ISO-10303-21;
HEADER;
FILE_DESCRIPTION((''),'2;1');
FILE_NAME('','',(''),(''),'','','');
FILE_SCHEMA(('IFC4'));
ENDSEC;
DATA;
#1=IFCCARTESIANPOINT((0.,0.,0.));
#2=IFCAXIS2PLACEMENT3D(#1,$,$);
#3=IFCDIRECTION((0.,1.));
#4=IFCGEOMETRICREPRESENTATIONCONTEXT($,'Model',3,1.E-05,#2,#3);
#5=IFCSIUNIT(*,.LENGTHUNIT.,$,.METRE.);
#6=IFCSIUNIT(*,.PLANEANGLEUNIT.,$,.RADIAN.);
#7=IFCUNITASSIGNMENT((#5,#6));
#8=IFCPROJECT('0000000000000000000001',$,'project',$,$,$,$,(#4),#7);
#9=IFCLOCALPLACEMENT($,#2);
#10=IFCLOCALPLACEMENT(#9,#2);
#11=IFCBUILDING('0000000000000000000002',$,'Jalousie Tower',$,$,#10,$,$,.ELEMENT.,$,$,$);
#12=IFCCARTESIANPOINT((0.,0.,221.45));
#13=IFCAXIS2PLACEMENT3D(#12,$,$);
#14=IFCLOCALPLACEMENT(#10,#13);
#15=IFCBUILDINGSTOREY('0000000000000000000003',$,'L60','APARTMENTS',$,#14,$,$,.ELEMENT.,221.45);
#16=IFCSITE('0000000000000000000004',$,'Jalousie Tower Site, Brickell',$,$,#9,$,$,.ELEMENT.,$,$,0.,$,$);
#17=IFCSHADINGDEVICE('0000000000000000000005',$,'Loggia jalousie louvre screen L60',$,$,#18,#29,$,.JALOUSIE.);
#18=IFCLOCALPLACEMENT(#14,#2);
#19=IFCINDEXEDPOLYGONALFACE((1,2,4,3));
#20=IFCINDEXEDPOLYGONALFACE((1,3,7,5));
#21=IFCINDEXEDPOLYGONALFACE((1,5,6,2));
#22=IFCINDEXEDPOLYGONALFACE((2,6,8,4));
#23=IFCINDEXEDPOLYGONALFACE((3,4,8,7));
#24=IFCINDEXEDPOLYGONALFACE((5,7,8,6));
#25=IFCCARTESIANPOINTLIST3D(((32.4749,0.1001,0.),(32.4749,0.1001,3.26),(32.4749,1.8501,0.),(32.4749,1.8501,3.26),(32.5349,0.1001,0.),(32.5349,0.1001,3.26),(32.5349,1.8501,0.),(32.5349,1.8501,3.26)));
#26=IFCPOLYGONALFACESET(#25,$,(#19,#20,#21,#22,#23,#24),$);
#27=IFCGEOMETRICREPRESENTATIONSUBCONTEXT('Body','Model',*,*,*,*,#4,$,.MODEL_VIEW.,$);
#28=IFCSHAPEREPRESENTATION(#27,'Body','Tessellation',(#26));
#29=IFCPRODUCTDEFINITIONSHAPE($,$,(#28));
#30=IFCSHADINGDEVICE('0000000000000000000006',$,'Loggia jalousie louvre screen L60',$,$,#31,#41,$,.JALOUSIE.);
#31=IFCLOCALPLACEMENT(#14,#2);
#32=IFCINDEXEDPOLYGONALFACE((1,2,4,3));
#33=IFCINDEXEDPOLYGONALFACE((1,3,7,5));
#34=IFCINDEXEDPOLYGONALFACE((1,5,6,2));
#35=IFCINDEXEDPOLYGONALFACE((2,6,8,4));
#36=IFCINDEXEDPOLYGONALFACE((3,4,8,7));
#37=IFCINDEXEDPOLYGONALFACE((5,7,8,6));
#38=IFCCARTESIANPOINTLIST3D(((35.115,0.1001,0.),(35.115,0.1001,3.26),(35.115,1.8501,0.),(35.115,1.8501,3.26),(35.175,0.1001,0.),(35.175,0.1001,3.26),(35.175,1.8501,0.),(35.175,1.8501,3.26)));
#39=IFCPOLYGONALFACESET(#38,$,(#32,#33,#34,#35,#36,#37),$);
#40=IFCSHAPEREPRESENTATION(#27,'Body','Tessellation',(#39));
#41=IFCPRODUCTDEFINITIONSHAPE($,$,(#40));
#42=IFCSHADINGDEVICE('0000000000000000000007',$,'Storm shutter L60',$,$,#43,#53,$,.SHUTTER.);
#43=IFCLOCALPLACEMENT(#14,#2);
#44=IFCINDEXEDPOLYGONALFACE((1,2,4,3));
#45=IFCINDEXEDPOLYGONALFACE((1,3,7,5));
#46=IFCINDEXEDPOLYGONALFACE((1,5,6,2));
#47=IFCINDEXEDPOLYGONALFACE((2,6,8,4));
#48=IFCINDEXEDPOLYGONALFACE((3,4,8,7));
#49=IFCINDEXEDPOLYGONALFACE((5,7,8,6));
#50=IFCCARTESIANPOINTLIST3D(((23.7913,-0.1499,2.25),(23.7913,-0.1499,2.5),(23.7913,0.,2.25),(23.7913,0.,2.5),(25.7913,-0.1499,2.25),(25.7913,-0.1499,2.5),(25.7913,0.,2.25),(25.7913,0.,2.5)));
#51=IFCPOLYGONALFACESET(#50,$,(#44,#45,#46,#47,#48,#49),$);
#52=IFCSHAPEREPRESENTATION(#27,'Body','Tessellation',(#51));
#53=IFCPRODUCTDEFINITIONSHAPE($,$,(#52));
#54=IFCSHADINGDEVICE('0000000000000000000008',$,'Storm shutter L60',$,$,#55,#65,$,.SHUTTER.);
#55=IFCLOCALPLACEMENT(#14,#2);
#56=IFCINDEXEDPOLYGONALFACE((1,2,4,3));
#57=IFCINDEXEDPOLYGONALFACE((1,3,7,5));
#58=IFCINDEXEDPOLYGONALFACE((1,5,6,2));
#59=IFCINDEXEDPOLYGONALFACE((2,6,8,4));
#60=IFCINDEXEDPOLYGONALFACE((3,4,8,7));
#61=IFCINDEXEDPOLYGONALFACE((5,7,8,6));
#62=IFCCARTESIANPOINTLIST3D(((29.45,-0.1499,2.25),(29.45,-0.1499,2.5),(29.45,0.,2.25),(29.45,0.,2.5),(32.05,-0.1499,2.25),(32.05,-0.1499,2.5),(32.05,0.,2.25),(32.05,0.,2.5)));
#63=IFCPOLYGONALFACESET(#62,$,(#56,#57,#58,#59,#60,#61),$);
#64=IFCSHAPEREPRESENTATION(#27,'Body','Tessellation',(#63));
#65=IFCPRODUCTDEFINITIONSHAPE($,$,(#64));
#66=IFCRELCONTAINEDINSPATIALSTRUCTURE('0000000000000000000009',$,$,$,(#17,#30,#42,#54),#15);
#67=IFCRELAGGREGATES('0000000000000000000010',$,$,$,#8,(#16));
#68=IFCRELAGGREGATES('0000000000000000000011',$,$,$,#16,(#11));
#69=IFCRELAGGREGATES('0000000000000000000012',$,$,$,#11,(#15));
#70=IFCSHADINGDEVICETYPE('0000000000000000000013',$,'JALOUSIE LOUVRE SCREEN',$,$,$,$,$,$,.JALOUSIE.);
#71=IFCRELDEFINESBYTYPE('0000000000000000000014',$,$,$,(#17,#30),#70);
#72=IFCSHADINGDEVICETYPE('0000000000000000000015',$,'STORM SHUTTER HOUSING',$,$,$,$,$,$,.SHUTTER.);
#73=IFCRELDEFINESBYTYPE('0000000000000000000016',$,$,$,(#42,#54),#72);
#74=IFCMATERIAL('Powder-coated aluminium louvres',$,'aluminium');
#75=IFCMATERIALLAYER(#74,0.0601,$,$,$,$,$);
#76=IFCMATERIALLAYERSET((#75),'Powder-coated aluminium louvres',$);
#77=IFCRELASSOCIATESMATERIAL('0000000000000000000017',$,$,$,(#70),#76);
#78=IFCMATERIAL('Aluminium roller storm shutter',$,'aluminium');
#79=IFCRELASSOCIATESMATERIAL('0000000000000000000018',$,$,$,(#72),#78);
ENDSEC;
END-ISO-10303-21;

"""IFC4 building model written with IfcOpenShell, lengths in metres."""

from ifc_helpers import new_model, si_unit, direction, frame, origin, origin_2d, place, context, subcontext, project, spatial, rectangle, extrude, material, layer, layer_set, type_object, element, save


model = new_model("IFC4")

# Units and contexts
model_context = context("Model", 3, precision=1e-05, world=origin(), true_north=direction((0.0, 1.0)))
body_context = subcontext(model_context, "Body", "Model", "MODEL_VIEW")
ifc_project = project(units=[si_unit("LENGTHUNIT", "METRE"), si_unit("PLANEANGLEUNIT", "RADIAN")], contexts=[model_context])

# Site, building, storey
site_placement = place(None, origin())
site = spatial("IfcSite", under=ifc_project, at=site_placement, Name="Jalousie Tower Site, Brickell", CompositionType="ELEMENT", RefElevation=0.0)
building_placement = place(site_placement, origin())
building = spatial("IfcBuilding", under=site, at=building_placement, Name="Jalousie Tower", CompositionType="ELEMENT")
storey_placement = place(building_placement, frame((0.0, 0.0, 221.45)))
storey = spatial("IfcBuildingStorey", under=building, at=storey_placement, Name="L60", Description="APARTMENTS", CompositionType="ELEMENT", Elevation=221.45)

# Shading devices
ifc_material_1 = material(Name="Powder-coated aluminium louvres", Category="aluminium")
ifc_layer_1 = layer(ifc_material_1, 0.0601)
ifc_layer_set_1 = layer_set([ifc_layer_1], Name="Powder-coated aluminium louvres")
shading_device_type_1 = type_object("IfcShadingDeviceType", Name="JALOUSIE LOUVRE SCREEN", PredefinedType="JALOUSIE", material=ifc_layer_set_1)
for number, where, z_axis, x_axis, name in (
    (1, (32.5049, 0.9751, 0.0), (0.0, 0.0, 1.0), (1.0, 0.0, 0.0), "Loggia jalousie louvre screen L60"),
    (2, (35.145, 0.9751, 0.0), (0.0, 0.0, 1.0), (1.0, 0.0, 0.0), "Loggia jalousie louvre screen L60"),
):
    element("IfcShadingDevice", number, at=place(storey_placement, frame(where, z_axis=z_axis, x_axis=x_axis)), inside=storey, type_object=shading_device_type_1, Name=name, PredefinedType="JALOUSIE", context=body_context, shape_type="SweptSolid", body=[
        extrude(rectangle(XDim=0.0601, YDim=1.75, at=origin_2d()), origin(), (0.0, 0.0, 1.0), 3.26),
    ])
ifc_material_2 = material(Name="Aluminium roller storm shutter", Category="aluminium")
shading_device_type_2 = type_object("IfcShadingDeviceType", Name="STORM SHUTTER HOUSING", PredefinedType="SHUTTER", material=ifc_material_2)
shading_device_1_placement = place(storey_placement, frame((24.7913, -0.075, 2.25), z_axis=(0.0, 0.0, 1.0), x_axis=(1.0, 0.0, 0.0)))
element("IfcShadingDevice", 3, at=shading_device_1_placement, inside=storey, type_object=shading_device_type_2, Name="Storm shutter L60", PredefinedType="SHUTTER", context=body_context, shape_type="SweptSolid", body=[
    extrude(rectangle(XDim=2.0, YDim=0.1499, at=origin_2d()), origin(), (0.0, 0.0, 1.0), 0.25),
])
shading_device_2_placement = place(storey_placement, frame((30.75, -0.075, 2.25), z_axis=(0.0, 0.0, 1.0), x_axis=(1.0, 0.0, 0.0)))
element("IfcShadingDevice", 4, at=shading_device_2_placement, inside=storey, type_object=shading_device_type_2, Name="Storm shutter L60", PredefinedType="SHUTTER", context=body_context, shape_type="SweptSolid", body=[
    extrude(rectangle(XDim=2.6001, YDim=0.1499, at=origin_2d()), origin(), (0.0, 0.0, 1.0), 0.25),
])

save(model, "model.ifc")
